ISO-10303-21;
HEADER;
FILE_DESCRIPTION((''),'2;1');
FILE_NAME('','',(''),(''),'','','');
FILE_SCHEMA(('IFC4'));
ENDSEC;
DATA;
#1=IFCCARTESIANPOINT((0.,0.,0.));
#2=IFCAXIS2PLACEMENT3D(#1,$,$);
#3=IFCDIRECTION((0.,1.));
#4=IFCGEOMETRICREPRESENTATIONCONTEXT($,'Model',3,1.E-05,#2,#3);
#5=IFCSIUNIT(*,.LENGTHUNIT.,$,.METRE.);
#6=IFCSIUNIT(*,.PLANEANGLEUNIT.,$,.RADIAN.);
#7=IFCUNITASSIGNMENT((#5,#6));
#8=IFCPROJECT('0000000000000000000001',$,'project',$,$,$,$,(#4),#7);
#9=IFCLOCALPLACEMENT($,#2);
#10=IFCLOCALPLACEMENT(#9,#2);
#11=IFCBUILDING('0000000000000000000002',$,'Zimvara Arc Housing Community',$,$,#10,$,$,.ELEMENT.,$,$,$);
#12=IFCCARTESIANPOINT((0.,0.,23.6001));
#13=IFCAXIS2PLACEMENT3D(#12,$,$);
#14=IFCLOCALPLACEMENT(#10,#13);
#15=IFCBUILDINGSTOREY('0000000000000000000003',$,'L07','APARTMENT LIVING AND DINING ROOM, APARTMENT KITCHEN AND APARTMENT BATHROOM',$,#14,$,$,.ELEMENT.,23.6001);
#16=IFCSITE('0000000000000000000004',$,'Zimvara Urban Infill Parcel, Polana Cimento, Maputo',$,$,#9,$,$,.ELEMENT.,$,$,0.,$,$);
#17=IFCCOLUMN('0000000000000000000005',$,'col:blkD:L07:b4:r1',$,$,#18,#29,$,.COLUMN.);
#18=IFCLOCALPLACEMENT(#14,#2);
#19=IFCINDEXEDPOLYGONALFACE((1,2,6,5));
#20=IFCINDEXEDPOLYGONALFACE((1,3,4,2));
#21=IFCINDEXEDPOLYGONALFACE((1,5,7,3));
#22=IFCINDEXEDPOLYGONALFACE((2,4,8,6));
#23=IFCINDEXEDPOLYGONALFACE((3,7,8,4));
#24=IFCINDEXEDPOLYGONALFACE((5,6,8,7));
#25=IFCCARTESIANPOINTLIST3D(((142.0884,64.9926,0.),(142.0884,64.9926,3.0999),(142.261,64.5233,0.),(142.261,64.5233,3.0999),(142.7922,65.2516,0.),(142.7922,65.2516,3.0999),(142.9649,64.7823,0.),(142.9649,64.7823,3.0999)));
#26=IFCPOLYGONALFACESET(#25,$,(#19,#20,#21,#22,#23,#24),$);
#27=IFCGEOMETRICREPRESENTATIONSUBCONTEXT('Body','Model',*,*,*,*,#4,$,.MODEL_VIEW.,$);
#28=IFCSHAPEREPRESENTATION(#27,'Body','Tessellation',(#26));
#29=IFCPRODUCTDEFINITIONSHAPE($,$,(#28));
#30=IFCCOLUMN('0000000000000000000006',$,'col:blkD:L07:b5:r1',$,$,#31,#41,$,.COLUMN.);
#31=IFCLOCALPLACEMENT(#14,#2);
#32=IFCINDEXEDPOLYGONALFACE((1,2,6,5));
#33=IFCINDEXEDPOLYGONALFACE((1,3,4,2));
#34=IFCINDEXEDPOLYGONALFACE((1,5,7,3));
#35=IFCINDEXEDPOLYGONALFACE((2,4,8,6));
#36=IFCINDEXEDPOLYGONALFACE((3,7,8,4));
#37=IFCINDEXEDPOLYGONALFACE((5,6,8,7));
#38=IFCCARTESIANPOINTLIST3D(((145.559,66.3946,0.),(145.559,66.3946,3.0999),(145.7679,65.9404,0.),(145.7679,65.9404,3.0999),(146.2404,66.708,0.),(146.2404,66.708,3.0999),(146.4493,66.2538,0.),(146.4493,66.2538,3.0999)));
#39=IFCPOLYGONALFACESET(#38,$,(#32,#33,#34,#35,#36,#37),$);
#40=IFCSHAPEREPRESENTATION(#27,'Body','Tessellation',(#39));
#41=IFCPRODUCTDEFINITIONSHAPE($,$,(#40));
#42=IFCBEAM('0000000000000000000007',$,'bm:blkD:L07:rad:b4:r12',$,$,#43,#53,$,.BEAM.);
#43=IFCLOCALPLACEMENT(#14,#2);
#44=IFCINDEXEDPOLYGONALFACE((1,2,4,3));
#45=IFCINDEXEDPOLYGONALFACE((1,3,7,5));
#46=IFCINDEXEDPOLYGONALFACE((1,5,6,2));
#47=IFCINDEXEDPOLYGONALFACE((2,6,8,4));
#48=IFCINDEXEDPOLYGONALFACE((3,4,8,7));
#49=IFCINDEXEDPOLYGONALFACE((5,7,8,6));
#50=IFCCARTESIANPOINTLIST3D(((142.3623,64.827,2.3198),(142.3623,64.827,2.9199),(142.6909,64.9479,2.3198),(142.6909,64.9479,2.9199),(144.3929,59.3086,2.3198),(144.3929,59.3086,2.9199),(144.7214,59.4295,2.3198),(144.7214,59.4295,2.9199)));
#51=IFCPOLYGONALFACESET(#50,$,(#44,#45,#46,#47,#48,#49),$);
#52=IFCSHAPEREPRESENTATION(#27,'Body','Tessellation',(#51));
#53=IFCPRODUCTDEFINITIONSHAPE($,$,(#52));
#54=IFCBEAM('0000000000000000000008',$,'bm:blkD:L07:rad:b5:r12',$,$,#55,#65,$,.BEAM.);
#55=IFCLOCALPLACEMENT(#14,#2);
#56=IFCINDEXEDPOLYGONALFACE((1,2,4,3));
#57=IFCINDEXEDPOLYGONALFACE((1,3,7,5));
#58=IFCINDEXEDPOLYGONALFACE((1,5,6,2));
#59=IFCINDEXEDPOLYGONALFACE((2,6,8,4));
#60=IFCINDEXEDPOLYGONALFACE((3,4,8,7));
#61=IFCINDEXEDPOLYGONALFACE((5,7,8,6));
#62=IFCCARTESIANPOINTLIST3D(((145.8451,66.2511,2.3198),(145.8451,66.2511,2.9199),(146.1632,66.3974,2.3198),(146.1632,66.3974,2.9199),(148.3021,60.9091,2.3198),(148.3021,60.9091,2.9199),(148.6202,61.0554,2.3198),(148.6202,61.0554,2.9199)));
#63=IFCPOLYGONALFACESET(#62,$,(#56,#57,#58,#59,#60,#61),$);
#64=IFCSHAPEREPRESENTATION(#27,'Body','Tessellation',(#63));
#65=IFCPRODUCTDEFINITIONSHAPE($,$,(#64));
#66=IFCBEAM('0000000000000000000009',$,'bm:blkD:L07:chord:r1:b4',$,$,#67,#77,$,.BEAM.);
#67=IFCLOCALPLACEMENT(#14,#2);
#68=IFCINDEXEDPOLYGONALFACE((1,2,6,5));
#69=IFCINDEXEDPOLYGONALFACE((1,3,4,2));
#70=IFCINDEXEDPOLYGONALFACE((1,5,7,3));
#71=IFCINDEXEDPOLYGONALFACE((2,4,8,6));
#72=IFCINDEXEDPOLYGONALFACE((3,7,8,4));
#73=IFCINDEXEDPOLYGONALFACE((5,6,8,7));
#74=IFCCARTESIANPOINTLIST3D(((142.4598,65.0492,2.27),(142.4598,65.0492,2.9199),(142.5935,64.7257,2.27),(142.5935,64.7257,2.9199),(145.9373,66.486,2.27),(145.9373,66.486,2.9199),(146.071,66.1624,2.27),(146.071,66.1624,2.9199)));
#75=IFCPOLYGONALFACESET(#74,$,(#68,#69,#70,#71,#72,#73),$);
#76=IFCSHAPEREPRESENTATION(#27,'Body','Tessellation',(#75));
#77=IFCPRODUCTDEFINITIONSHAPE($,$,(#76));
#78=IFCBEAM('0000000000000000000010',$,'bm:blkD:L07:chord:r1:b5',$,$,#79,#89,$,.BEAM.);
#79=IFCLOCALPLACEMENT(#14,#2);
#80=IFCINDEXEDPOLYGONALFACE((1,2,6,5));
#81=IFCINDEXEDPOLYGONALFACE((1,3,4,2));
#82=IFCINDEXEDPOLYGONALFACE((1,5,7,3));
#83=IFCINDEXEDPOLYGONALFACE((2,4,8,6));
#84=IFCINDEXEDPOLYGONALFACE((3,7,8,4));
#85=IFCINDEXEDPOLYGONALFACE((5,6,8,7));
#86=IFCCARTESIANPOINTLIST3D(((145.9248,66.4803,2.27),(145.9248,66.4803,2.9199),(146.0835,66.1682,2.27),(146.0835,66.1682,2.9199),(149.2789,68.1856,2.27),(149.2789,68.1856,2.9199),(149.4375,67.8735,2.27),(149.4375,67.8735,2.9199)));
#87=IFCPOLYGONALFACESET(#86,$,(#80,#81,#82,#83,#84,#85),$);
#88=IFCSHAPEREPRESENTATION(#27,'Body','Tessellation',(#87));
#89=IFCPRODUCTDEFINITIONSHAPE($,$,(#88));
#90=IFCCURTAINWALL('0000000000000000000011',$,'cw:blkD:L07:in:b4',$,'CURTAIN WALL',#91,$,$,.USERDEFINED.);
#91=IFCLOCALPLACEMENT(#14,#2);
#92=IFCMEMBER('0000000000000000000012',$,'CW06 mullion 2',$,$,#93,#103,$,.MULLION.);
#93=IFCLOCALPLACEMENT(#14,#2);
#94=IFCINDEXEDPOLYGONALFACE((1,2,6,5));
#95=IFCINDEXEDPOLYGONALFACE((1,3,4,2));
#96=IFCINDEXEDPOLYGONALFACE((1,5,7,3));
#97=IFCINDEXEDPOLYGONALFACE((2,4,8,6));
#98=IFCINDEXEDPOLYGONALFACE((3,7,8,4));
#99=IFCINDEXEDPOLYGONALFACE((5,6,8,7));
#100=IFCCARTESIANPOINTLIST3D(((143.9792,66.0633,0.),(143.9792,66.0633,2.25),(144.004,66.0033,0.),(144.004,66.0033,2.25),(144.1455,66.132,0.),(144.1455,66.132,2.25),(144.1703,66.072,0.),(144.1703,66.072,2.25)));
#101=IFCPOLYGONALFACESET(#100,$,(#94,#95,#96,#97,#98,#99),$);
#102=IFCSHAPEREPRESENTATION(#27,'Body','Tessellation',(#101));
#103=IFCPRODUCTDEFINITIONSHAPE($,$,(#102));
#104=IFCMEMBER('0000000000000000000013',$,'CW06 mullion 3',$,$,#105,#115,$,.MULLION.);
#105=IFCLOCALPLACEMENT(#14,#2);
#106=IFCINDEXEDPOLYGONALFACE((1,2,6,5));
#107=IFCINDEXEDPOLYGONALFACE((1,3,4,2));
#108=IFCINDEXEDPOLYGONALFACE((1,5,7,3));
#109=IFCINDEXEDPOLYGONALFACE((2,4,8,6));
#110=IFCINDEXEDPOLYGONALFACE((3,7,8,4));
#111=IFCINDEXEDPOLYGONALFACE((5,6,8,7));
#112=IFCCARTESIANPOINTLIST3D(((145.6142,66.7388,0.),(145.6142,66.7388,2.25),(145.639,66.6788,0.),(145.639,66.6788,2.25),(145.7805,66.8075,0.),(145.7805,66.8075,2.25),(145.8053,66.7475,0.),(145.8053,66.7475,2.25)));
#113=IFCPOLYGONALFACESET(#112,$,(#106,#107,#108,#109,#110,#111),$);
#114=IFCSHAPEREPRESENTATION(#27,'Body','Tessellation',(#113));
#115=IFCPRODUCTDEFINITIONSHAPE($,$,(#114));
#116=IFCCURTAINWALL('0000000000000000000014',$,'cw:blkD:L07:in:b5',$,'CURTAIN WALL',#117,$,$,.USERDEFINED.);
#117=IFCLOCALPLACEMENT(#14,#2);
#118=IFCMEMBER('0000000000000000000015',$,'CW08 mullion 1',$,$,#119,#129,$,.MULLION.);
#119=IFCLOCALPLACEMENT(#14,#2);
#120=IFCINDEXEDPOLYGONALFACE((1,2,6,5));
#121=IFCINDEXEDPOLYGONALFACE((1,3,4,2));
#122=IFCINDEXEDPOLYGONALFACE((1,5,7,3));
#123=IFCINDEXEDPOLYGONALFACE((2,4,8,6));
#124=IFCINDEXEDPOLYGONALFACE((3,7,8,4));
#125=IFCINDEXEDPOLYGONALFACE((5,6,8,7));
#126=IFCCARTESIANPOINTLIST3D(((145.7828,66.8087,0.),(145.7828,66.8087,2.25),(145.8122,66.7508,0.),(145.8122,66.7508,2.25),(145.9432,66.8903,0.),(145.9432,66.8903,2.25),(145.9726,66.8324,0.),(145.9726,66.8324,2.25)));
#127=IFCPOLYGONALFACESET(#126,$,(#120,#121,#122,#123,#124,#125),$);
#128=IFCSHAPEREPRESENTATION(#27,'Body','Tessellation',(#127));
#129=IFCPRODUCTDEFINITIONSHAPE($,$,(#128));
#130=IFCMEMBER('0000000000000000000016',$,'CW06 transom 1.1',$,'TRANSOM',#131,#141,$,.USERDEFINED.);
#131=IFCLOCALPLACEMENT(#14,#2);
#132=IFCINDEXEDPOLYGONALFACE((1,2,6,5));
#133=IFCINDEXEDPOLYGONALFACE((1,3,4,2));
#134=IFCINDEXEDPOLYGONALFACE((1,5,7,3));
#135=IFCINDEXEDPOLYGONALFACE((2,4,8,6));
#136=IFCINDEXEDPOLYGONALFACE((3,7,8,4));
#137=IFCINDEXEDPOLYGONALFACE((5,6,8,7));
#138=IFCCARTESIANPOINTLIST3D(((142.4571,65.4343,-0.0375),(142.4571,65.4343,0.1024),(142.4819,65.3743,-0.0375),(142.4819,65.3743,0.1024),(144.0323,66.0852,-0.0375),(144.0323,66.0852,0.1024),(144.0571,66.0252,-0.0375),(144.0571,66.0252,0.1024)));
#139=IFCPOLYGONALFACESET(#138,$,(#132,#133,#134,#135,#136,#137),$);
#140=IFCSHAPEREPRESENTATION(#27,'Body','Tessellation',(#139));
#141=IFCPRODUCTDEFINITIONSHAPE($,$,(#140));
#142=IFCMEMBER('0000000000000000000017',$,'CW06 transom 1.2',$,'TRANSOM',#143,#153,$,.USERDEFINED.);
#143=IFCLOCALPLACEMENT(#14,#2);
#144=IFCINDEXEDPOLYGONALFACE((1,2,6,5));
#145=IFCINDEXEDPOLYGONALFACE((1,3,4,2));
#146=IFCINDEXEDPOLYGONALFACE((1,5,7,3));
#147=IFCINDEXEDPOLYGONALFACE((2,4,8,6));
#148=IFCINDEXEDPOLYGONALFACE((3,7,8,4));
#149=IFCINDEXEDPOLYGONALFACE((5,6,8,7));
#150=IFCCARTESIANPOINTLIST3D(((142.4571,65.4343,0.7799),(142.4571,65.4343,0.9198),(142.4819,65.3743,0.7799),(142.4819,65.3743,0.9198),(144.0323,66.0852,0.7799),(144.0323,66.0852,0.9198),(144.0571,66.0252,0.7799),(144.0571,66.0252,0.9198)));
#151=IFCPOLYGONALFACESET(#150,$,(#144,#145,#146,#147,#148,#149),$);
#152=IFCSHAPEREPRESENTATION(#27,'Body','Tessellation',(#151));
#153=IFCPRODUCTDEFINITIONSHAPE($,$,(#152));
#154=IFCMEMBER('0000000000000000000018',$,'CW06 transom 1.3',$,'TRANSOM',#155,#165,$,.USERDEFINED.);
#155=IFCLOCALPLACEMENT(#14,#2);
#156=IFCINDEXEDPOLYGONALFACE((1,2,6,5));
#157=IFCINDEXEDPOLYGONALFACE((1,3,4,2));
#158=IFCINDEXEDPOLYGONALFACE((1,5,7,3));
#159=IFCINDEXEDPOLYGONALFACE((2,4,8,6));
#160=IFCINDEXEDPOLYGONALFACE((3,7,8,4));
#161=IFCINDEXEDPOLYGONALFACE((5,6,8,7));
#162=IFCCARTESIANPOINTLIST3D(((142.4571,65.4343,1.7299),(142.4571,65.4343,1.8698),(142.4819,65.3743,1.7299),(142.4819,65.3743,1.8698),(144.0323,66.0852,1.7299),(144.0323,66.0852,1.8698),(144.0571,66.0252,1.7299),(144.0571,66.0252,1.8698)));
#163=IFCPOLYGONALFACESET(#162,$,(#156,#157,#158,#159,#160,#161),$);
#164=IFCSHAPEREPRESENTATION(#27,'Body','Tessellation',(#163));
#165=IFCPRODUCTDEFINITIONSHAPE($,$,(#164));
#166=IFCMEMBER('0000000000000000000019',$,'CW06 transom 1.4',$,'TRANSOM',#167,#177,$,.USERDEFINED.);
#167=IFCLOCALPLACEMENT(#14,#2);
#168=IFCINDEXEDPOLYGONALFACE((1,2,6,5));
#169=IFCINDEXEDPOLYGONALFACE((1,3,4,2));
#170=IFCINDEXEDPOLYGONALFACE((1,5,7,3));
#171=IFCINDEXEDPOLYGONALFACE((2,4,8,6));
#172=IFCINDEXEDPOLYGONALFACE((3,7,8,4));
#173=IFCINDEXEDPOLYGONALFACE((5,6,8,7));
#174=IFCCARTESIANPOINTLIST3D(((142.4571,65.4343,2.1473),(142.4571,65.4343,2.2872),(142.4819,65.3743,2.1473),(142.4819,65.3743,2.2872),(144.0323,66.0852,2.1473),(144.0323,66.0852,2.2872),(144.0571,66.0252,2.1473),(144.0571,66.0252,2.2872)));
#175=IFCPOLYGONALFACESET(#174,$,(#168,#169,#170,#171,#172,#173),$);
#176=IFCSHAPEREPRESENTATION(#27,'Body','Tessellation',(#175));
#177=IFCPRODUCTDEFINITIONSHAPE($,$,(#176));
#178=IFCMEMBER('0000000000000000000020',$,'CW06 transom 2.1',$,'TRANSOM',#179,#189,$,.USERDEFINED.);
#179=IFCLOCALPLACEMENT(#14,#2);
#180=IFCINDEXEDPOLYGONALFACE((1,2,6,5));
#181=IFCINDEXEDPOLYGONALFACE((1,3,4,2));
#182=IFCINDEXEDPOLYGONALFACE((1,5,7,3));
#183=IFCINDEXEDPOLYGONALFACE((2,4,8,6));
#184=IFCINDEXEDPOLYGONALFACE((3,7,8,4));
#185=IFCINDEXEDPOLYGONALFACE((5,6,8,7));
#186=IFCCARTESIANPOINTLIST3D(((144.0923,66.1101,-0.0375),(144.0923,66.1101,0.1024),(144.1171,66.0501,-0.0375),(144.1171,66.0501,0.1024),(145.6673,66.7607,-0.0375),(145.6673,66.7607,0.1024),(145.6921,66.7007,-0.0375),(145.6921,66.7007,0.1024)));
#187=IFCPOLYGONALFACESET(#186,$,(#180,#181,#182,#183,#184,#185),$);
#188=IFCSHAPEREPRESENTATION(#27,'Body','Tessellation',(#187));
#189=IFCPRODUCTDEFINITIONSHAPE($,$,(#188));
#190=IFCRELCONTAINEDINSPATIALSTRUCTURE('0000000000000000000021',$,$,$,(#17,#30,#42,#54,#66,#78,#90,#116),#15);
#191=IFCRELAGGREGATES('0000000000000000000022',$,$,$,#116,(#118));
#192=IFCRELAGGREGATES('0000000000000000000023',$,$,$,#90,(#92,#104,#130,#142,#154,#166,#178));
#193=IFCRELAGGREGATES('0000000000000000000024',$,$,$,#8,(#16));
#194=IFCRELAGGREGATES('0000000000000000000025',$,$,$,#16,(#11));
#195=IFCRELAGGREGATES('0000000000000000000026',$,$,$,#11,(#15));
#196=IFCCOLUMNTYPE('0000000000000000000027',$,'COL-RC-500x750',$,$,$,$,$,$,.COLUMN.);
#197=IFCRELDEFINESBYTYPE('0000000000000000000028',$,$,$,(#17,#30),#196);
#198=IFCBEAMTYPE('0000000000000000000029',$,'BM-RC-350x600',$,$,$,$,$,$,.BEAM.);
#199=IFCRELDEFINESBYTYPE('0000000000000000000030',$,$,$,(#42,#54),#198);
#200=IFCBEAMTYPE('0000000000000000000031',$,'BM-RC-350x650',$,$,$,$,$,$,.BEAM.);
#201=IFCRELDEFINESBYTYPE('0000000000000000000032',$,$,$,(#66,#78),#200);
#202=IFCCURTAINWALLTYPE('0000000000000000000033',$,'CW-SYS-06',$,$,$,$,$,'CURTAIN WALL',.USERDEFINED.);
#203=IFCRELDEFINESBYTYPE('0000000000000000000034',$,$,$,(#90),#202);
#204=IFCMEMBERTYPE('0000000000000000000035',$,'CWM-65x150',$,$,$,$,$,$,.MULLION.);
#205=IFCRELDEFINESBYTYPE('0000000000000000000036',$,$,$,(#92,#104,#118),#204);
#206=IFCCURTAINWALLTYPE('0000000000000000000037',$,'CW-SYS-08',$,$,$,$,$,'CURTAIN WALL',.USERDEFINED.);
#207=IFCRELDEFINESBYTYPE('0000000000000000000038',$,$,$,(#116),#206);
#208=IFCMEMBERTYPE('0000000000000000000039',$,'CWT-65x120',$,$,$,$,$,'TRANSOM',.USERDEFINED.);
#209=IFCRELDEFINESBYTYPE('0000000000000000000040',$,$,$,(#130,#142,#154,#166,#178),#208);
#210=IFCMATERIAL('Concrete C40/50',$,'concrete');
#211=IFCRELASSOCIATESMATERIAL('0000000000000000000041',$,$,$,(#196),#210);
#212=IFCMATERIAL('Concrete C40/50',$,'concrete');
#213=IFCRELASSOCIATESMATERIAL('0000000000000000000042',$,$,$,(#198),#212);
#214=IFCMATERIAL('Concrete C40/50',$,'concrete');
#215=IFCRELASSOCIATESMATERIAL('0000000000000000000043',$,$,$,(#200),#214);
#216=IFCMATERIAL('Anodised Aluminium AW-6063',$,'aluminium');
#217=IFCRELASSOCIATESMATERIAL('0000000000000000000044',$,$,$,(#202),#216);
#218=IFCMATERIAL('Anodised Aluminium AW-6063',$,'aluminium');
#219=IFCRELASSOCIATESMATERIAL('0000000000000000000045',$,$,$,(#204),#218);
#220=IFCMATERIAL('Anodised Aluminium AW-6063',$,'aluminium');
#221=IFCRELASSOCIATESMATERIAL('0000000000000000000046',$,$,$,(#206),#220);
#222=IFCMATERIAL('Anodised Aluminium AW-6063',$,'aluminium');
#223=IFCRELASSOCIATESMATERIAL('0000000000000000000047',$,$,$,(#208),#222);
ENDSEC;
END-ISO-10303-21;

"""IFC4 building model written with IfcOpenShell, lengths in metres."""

from ifc_helpers import new_model, si_unit, direction, frame, origin, origin_2d, place, context, subcontext, project, spatial, rectangle, extrude, material, material_profile, profile_set, type_object, element, aggregate, save


model = new_model("IFC4")

# Units and contexts
model_context = context("Model", 3, precision=1e-05, world=origin(), true_north=direction((0.0, 1.0)))
body_context = subcontext(model_context, "Body", "Model", "MODEL_VIEW")
ifc_project = project(units=[si_unit("LENGTHUNIT", "METRE"), si_unit("PLANEANGLEUNIT", "RADIAN")], contexts=[model_context])

# Site, building, storey
site_placement = place(None, origin())
site = spatial("IfcSite", under=ifc_project, at=site_placement, Name="Zimvara Urban Infill Parcel, Polana Cimento, Maputo", CompositionType="ELEMENT", RefElevation=0.0)
building_placement = place(site_placement, origin())
building = spatial("IfcBuilding", under=site, at=building_placement, Name="Zimvara Arc Housing Community", CompositionType="ELEMENT")
storey_placement = place(building_placement, frame((0.0, 0.0, 23.6001)))
storey = spatial("IfcBuildingStorey", under=building, at=storey_placement, Name="L07", Description="APARTMENT LIVING AND DINING ROOM, APARTMENT KITCHEN AND APARTMENT BATHROOM", CompositionType="ELEMENT", Elevation=23.6001)

# Columns
ifc_material_1 = material(Name="Concrete C40/50", Category="concrete")
ifc_material_profile_1 = material_profile(ifc_material_1, rectangle(XDim=0.5, YDim=0.75, at=origin_2d()), Name="RC 500x750")
ifc_profile_set_1 = profile_set([ifc_material_profile_1], Name="Concrete C40/50")
column_type = type_object("IfcColumnType", Name="COL-RC-500x750", PredefinedType="COLUMN", material=ifc_profile_set_1)
for number, where, z_axis, x_axis, name in (
    (1, (142.5266, 64.8875, 0.0), (0.0, 0.0, 1.0), (0.345298, -0.938493, 0.0), "col:blkD:L07:b4:r1"),
    (2, (146.0042, 66.3242, 0.0), (0.0, 0.0, 1.0), (0.417867, -0.908508, 0.0), "col:blkD:L07:b5:r1"),
):
    element("IfcColumn", number, at=place(storey_placement, frame(where, z_axis=z_axis, x_axis=x_axis)), inside=storey, type_object=column_type, Name=name, PredefinedType="COLUMN", context=body_context, shape_type="SweptSolid", body=[
        extrude(rectangle(XDim=0.5, YDim=0.75, at=origin_2d()), origin(), (0.0, 0.0, 1.0), 3.0999),
    ])

# Beams
ifc_material_2 = material(Name="Concrete C40/50", Category="concrete")
ifc_material_profile_2 = material_profile(ifc_material_2, rectangle(XDim=0.3501, YDim=0.6001, at=origin_2d()), Name="RC 350x600")
ifc_profile_set_2 = profile_set([ifc_material_profile_2], Name="Concrete C40/50")
beam_type_1 = type_object("IfcBeamType", Name="BM-RC-350x600", PredefinedType="BEAM", material=ifc_profile_set_2)
beam_1_placement = place(storey_placement, frame((142.5266, 64.8875, 2.6199), z_axis=(0.345324, -0.938483, 0.0), x_axis=(0.938483, 0.345324, 0.0)))
element("IfcBeam", 3, at=beam_1_placement, inside=storey, type_object=beam_type_1, Name="bm:blkD:L07:rad:b4:r12", PredefinedType="BEAM", context=body_context, shape_type="SweptSolid", body=[
    extrude(rectangle(XDim=0.3501, YDim=0.6001, at=origin_2d()), origin(), (0.0, 0.0, 1.0), 5.8801),
])
beam_2_placement = place(storey_placement, frame((146.0042, 66.3242, 2.6199), z_axis=(0.417862, -0.90851, 0.0), x_axis=(0.90851, 0.417862, 0.0)))
element("IfcBeam", 4, at=beam_2_placement, inside=storey, type_object=beam_type_1, Name="bm:blkD:L07:rad:b5:r12", PredefinedType="BEAM", context=body_context, shape_type="SweptSolid", body=[
    extrude(rectangle(XDim=0.3501, YDim=0.6001, at=origin_2d()), origin(), (0.0, 0.0, 1.0), 5.8799),
])
ifc_material_3 = material(Name="Concrete C40/50", Category="concrete")
ifc_material_profile_3 = material_profile(ifc_material_3, rectangle(XDim=0.3501, YDim=0.6499, at=origin_2d()), Name="RC 350x650")
ifc_profile_set_3 = profile_set([ifc_material_profile_3], Name="Concrete C40/50")
beam_type_2 = type_object("IfcBeamType", Name="BM-RC-350x650", PredefinedType="BEAM", material=ifc_profile_set_3)
for number, where, z_axis, x_axis, name in (
    (5, (142.5266, 64.8875, 2.595), (0.924225, 0.381849, 0.0), (-0.381849, 0.924225, 0.0), "bm:blkD:L07:chord:r1:b4"),
    (6, (146.0042, 66.3242, 2.595), (0.891396, 0.453225, 0.0), (-0.453225, 0.891396, 0.0), "bm:blkD:L07:chord:r1:b5"),
):
    element("IfcBeam", number, at=place(storey_placement, frame(where, z_axis=z_axis, x_axis=x_axis)), inside=storey, type_object=beam_type_2, Name=name, PredefinedType="BEAM", context=body_context, shape_type="SweptSolid", body=[
        extrude(rectangle(XDim=0.3501, YDim=0.6499, at=origin_2d()), origin(), (0.0, 0.0, 1.0), 3.7627),
    ])

# Curtain wall, members
ifc_material_4 = material(Name="Anodised Aluminium AW-6063", Category="aluminium")
curtain_wall_type_1 = type_object("IfcCurtainWallType", Name="CW-SYS-06", ElementType="CURTAIN WALL", PredefinedType="USERDEFINED", material=ifc_material_4)
curtain_wall_1_placement = place(storey_placement, origin())
curtain_wall_1 = element("IfcCurtainWall", 7, at=curtain_wall_1_placement, inside=storey, type_object=curtain_wall_type_1, Name="cw:blkD:L07:in:b4", ObjectType="CURTAIN WALL", PredefinedType="USERDEFINED")
ifc_material_5 = material(Name="Anodised Aluminium AW-6063", Category="aluminium")
ifc_material_profile_4 = material_profile(ifc_material_5, rectangle(XDim=0.0649, YDim=0.1799, at=origin_2d()), Name="ALU 65x180")
ifc_profile_set_4 = profile_set([ifc_material_profile_4], Name="Anodised Aluminium AW-6063")
member_type_1 = type_object("IfcMemberType", Name="CWM-65x150", PredefinedType="MULLION", material=ifc_profile_set_4)
member_1_placement = place(storey_placement, frame((144.0747, 66.0676, 0.0), z_axis=(0.0, 0.0, 1.0), x_axis=(-0.381878, 0.924213, 0.0)))
member_1 = element("IfcMember", 8, at=member_1_placement, type_object=member_type_1, Name="CW06 mullion 2", PredefinedType="MULLION", context=body_context, shape_type="SweptSolid", body=[
    extrude(rectangle(XDim=0.0649, YDim=0.1799, at=origin_2d()), origin(), (0.0, 0.0, 1.0), 2.25),
])
member_2_placement = place(storey_placement, frame((145.7097, 66.7432, 0.0), z_axis=(0.0, 0.0, 1.0), x_axis=(-0.381878, 0.924213, 0.0)))
member_2 = element("IfcMember", 9, at=member_2_placement, type_object=member_type_1, Name="CW06 mullion 3", PredefinedType="MULLION", context=body_context, shape_type="SweptSolid", body=[
    extrude(rectangle(XDim=0.0649, YDim=0.1799, at=origin_2d()), origin(), (0.0, 0.0, 1.0), 2.25),
])

# Curtain wall, member
ifc_material_6 = material(Name="Anodised Aluminium AW-6063", Category="aluminium")
curtain_wall_type_2 = type_object("IfcCurtainWallType", Name="CW-SYS-08", ElementType="CURTAIN WALL", PredefinedType="USERDEFINED", material=ifc_material_6)
curtain_wall_2_placement = place(storey_placement, origin())
curtain_wall_2 = element("IfcCurtainWall", 10, at=curtain_wall_2_placement, inside=storey, type_object=curtain_wall_type_2, Name="cw:blkD:L07:in:b5", ObjectType="CURTAIN WALL", PredefinedType="USERDEFINED")
member_3_placement = place(storey_placement, frame((145.8777, 66.8206, 0.0), z_axis=(0.0, 0.0, 1.0), x_axis=(-0.453213, 0.891402, 0.0)))
member_3 = element("IfcMember", 11, at=member_3_placement, type_object=member_type_1, Name="CW08 mullion 1", PredefinedType="MULLION", context=body_context, shape_type="SweptSolid", body=[
    extrude(rectangle(XDim=0.0649, YDim=0.1799, at=origin_2d()), origin(), (0.0, 0.0, 1.0), 2.25),
])

# Members
ifc_material_7 = material(Name="Anodised Aluminium AW-6063", Category="aluminium")
ifc_material_profile_5 = material_profile(ifc_material_7, rectangle(XDim=0.0649, YDim=0.1399, at=origin_2d()), Name="ALU 65x140")
ifc_profile_set_5 = profile_set([ifc_material_profile_5], Name="Anodised Aluminium AW-6063")
member_type_2 = type_object("IfcMemberType", Name="CWT-65x120", ElementType="TRANSOM", PredefinedType="USERDEFINED", material=ifc_profile_set_5)
member_4_placement = place(storey_placement, frame((142.4695, 65.4043, 0.0325), z_axis=(0.924209, 0.381888, 0.0), x_axis=(-0.381888, 0.924209, 0.0)))
member_4 = element("IfcMember", 12, at=member_4_placement, type_object=member_type_2, Name="CW06 transom 1.1", ObjectType="TRANSOM", PredefinedType="USERDEFINED", context=body_context, shape_type="SweptSolid", body=[
    extrude(rectangle(XDim=0.0649, YDim=0.1399, at=origin_2d()), origin(), (0.0, 0.0, 1.0), 1.7043),
])
member_5_placement = place(storey_placement, frame((142.4695, 65.4043, 0.8499), z_axis=(0.924209, 0.381888, 0.0), x_axis=(-0.381888, 0.924209, 0.0)))
member_5 = element("IfcMember", 13, at=member_5_placement, type_object=member_type_2, Name="CW06 transom 1.2", ObjectType="TRANSOM", PredefinedType="USERDEFINED", context=body_context, shape_type="SweptSolid", body=[
    extrude(rectangle(XDim=0.0649, YDim=0.1399, at=origin_2d()), origin(), (0.0, 0.0, 1.0), 1.7043),
])
member_6_placement = place(storey_placement, frame((142.4695, 65.4043, 1.7998), z_axis=(0.924209, 0.381888, 0.0), x_axis=(-0.381888, 0.924209, 0.0)))
member_6 = element("IfcMember", 14, at=member_6_placement, type_object=member_type_2, Name="CW06 transom 1.3", ObjectType="TRANSOM", PredefinedType="USERDEFINED", context=body_context, shape_type="SweptSolid", body=[
    extrude(rectangle(XDim=0.0649, YDim=0.1399, at=origin_2d()), origin(), (0.0, 0.0, 1.0), 1.7043),
])
member_7_placement = place(storey_placement, frame((142.4695, 65.4043, 2.2173), z_axis=(0.924209, 0.381888, 0.0), x_axis=(-0.381888, 0.924209, 0.0)))
member_7 = element("IfcMember", 15, at=member_7_placement, type_object=member_type_2, Name="CW06 transom 1.4", ObjectType="TRANSOM", PredefinedType="USERDEFINED", context=body_context, shape_type="SweptSolid", body=[
    extrude(rectangle(XDim=0.0649, YDim=0.1399, at=origin_2d()), origin(), (0.0, 0.0, 1.0), 1.7043),
])
member_8_placement = place(storey_placement, frame((144.1047, 66.0801, 0.0325), z_axis=(0.924238, 0.381816, 0.0), x_axis=(-0.381816, 0.924238, 0.0)))
member_8 = element("IfcMember", 16, at=member_8_placement, type_object=member_type_2, Name="CW06 transom 2.1", ObjectType="TRANSOM", PredefinedType="USERDEFINED", context=body_context, shape_type="SweptSolid", body=[
    extrude(rectangle(XDim=0.0649, YDim=0.1399, at=origin_2d()), origin(), (0.0, 0.0, 1.0), 1.7041),
])
aggregate(curtain_wall_2, [member_3])

aggregate(curtain_wall_1, [member_1, member_2, member_4, member_5, member_6, member_7, member_8])

save(model, "model.ifc")
